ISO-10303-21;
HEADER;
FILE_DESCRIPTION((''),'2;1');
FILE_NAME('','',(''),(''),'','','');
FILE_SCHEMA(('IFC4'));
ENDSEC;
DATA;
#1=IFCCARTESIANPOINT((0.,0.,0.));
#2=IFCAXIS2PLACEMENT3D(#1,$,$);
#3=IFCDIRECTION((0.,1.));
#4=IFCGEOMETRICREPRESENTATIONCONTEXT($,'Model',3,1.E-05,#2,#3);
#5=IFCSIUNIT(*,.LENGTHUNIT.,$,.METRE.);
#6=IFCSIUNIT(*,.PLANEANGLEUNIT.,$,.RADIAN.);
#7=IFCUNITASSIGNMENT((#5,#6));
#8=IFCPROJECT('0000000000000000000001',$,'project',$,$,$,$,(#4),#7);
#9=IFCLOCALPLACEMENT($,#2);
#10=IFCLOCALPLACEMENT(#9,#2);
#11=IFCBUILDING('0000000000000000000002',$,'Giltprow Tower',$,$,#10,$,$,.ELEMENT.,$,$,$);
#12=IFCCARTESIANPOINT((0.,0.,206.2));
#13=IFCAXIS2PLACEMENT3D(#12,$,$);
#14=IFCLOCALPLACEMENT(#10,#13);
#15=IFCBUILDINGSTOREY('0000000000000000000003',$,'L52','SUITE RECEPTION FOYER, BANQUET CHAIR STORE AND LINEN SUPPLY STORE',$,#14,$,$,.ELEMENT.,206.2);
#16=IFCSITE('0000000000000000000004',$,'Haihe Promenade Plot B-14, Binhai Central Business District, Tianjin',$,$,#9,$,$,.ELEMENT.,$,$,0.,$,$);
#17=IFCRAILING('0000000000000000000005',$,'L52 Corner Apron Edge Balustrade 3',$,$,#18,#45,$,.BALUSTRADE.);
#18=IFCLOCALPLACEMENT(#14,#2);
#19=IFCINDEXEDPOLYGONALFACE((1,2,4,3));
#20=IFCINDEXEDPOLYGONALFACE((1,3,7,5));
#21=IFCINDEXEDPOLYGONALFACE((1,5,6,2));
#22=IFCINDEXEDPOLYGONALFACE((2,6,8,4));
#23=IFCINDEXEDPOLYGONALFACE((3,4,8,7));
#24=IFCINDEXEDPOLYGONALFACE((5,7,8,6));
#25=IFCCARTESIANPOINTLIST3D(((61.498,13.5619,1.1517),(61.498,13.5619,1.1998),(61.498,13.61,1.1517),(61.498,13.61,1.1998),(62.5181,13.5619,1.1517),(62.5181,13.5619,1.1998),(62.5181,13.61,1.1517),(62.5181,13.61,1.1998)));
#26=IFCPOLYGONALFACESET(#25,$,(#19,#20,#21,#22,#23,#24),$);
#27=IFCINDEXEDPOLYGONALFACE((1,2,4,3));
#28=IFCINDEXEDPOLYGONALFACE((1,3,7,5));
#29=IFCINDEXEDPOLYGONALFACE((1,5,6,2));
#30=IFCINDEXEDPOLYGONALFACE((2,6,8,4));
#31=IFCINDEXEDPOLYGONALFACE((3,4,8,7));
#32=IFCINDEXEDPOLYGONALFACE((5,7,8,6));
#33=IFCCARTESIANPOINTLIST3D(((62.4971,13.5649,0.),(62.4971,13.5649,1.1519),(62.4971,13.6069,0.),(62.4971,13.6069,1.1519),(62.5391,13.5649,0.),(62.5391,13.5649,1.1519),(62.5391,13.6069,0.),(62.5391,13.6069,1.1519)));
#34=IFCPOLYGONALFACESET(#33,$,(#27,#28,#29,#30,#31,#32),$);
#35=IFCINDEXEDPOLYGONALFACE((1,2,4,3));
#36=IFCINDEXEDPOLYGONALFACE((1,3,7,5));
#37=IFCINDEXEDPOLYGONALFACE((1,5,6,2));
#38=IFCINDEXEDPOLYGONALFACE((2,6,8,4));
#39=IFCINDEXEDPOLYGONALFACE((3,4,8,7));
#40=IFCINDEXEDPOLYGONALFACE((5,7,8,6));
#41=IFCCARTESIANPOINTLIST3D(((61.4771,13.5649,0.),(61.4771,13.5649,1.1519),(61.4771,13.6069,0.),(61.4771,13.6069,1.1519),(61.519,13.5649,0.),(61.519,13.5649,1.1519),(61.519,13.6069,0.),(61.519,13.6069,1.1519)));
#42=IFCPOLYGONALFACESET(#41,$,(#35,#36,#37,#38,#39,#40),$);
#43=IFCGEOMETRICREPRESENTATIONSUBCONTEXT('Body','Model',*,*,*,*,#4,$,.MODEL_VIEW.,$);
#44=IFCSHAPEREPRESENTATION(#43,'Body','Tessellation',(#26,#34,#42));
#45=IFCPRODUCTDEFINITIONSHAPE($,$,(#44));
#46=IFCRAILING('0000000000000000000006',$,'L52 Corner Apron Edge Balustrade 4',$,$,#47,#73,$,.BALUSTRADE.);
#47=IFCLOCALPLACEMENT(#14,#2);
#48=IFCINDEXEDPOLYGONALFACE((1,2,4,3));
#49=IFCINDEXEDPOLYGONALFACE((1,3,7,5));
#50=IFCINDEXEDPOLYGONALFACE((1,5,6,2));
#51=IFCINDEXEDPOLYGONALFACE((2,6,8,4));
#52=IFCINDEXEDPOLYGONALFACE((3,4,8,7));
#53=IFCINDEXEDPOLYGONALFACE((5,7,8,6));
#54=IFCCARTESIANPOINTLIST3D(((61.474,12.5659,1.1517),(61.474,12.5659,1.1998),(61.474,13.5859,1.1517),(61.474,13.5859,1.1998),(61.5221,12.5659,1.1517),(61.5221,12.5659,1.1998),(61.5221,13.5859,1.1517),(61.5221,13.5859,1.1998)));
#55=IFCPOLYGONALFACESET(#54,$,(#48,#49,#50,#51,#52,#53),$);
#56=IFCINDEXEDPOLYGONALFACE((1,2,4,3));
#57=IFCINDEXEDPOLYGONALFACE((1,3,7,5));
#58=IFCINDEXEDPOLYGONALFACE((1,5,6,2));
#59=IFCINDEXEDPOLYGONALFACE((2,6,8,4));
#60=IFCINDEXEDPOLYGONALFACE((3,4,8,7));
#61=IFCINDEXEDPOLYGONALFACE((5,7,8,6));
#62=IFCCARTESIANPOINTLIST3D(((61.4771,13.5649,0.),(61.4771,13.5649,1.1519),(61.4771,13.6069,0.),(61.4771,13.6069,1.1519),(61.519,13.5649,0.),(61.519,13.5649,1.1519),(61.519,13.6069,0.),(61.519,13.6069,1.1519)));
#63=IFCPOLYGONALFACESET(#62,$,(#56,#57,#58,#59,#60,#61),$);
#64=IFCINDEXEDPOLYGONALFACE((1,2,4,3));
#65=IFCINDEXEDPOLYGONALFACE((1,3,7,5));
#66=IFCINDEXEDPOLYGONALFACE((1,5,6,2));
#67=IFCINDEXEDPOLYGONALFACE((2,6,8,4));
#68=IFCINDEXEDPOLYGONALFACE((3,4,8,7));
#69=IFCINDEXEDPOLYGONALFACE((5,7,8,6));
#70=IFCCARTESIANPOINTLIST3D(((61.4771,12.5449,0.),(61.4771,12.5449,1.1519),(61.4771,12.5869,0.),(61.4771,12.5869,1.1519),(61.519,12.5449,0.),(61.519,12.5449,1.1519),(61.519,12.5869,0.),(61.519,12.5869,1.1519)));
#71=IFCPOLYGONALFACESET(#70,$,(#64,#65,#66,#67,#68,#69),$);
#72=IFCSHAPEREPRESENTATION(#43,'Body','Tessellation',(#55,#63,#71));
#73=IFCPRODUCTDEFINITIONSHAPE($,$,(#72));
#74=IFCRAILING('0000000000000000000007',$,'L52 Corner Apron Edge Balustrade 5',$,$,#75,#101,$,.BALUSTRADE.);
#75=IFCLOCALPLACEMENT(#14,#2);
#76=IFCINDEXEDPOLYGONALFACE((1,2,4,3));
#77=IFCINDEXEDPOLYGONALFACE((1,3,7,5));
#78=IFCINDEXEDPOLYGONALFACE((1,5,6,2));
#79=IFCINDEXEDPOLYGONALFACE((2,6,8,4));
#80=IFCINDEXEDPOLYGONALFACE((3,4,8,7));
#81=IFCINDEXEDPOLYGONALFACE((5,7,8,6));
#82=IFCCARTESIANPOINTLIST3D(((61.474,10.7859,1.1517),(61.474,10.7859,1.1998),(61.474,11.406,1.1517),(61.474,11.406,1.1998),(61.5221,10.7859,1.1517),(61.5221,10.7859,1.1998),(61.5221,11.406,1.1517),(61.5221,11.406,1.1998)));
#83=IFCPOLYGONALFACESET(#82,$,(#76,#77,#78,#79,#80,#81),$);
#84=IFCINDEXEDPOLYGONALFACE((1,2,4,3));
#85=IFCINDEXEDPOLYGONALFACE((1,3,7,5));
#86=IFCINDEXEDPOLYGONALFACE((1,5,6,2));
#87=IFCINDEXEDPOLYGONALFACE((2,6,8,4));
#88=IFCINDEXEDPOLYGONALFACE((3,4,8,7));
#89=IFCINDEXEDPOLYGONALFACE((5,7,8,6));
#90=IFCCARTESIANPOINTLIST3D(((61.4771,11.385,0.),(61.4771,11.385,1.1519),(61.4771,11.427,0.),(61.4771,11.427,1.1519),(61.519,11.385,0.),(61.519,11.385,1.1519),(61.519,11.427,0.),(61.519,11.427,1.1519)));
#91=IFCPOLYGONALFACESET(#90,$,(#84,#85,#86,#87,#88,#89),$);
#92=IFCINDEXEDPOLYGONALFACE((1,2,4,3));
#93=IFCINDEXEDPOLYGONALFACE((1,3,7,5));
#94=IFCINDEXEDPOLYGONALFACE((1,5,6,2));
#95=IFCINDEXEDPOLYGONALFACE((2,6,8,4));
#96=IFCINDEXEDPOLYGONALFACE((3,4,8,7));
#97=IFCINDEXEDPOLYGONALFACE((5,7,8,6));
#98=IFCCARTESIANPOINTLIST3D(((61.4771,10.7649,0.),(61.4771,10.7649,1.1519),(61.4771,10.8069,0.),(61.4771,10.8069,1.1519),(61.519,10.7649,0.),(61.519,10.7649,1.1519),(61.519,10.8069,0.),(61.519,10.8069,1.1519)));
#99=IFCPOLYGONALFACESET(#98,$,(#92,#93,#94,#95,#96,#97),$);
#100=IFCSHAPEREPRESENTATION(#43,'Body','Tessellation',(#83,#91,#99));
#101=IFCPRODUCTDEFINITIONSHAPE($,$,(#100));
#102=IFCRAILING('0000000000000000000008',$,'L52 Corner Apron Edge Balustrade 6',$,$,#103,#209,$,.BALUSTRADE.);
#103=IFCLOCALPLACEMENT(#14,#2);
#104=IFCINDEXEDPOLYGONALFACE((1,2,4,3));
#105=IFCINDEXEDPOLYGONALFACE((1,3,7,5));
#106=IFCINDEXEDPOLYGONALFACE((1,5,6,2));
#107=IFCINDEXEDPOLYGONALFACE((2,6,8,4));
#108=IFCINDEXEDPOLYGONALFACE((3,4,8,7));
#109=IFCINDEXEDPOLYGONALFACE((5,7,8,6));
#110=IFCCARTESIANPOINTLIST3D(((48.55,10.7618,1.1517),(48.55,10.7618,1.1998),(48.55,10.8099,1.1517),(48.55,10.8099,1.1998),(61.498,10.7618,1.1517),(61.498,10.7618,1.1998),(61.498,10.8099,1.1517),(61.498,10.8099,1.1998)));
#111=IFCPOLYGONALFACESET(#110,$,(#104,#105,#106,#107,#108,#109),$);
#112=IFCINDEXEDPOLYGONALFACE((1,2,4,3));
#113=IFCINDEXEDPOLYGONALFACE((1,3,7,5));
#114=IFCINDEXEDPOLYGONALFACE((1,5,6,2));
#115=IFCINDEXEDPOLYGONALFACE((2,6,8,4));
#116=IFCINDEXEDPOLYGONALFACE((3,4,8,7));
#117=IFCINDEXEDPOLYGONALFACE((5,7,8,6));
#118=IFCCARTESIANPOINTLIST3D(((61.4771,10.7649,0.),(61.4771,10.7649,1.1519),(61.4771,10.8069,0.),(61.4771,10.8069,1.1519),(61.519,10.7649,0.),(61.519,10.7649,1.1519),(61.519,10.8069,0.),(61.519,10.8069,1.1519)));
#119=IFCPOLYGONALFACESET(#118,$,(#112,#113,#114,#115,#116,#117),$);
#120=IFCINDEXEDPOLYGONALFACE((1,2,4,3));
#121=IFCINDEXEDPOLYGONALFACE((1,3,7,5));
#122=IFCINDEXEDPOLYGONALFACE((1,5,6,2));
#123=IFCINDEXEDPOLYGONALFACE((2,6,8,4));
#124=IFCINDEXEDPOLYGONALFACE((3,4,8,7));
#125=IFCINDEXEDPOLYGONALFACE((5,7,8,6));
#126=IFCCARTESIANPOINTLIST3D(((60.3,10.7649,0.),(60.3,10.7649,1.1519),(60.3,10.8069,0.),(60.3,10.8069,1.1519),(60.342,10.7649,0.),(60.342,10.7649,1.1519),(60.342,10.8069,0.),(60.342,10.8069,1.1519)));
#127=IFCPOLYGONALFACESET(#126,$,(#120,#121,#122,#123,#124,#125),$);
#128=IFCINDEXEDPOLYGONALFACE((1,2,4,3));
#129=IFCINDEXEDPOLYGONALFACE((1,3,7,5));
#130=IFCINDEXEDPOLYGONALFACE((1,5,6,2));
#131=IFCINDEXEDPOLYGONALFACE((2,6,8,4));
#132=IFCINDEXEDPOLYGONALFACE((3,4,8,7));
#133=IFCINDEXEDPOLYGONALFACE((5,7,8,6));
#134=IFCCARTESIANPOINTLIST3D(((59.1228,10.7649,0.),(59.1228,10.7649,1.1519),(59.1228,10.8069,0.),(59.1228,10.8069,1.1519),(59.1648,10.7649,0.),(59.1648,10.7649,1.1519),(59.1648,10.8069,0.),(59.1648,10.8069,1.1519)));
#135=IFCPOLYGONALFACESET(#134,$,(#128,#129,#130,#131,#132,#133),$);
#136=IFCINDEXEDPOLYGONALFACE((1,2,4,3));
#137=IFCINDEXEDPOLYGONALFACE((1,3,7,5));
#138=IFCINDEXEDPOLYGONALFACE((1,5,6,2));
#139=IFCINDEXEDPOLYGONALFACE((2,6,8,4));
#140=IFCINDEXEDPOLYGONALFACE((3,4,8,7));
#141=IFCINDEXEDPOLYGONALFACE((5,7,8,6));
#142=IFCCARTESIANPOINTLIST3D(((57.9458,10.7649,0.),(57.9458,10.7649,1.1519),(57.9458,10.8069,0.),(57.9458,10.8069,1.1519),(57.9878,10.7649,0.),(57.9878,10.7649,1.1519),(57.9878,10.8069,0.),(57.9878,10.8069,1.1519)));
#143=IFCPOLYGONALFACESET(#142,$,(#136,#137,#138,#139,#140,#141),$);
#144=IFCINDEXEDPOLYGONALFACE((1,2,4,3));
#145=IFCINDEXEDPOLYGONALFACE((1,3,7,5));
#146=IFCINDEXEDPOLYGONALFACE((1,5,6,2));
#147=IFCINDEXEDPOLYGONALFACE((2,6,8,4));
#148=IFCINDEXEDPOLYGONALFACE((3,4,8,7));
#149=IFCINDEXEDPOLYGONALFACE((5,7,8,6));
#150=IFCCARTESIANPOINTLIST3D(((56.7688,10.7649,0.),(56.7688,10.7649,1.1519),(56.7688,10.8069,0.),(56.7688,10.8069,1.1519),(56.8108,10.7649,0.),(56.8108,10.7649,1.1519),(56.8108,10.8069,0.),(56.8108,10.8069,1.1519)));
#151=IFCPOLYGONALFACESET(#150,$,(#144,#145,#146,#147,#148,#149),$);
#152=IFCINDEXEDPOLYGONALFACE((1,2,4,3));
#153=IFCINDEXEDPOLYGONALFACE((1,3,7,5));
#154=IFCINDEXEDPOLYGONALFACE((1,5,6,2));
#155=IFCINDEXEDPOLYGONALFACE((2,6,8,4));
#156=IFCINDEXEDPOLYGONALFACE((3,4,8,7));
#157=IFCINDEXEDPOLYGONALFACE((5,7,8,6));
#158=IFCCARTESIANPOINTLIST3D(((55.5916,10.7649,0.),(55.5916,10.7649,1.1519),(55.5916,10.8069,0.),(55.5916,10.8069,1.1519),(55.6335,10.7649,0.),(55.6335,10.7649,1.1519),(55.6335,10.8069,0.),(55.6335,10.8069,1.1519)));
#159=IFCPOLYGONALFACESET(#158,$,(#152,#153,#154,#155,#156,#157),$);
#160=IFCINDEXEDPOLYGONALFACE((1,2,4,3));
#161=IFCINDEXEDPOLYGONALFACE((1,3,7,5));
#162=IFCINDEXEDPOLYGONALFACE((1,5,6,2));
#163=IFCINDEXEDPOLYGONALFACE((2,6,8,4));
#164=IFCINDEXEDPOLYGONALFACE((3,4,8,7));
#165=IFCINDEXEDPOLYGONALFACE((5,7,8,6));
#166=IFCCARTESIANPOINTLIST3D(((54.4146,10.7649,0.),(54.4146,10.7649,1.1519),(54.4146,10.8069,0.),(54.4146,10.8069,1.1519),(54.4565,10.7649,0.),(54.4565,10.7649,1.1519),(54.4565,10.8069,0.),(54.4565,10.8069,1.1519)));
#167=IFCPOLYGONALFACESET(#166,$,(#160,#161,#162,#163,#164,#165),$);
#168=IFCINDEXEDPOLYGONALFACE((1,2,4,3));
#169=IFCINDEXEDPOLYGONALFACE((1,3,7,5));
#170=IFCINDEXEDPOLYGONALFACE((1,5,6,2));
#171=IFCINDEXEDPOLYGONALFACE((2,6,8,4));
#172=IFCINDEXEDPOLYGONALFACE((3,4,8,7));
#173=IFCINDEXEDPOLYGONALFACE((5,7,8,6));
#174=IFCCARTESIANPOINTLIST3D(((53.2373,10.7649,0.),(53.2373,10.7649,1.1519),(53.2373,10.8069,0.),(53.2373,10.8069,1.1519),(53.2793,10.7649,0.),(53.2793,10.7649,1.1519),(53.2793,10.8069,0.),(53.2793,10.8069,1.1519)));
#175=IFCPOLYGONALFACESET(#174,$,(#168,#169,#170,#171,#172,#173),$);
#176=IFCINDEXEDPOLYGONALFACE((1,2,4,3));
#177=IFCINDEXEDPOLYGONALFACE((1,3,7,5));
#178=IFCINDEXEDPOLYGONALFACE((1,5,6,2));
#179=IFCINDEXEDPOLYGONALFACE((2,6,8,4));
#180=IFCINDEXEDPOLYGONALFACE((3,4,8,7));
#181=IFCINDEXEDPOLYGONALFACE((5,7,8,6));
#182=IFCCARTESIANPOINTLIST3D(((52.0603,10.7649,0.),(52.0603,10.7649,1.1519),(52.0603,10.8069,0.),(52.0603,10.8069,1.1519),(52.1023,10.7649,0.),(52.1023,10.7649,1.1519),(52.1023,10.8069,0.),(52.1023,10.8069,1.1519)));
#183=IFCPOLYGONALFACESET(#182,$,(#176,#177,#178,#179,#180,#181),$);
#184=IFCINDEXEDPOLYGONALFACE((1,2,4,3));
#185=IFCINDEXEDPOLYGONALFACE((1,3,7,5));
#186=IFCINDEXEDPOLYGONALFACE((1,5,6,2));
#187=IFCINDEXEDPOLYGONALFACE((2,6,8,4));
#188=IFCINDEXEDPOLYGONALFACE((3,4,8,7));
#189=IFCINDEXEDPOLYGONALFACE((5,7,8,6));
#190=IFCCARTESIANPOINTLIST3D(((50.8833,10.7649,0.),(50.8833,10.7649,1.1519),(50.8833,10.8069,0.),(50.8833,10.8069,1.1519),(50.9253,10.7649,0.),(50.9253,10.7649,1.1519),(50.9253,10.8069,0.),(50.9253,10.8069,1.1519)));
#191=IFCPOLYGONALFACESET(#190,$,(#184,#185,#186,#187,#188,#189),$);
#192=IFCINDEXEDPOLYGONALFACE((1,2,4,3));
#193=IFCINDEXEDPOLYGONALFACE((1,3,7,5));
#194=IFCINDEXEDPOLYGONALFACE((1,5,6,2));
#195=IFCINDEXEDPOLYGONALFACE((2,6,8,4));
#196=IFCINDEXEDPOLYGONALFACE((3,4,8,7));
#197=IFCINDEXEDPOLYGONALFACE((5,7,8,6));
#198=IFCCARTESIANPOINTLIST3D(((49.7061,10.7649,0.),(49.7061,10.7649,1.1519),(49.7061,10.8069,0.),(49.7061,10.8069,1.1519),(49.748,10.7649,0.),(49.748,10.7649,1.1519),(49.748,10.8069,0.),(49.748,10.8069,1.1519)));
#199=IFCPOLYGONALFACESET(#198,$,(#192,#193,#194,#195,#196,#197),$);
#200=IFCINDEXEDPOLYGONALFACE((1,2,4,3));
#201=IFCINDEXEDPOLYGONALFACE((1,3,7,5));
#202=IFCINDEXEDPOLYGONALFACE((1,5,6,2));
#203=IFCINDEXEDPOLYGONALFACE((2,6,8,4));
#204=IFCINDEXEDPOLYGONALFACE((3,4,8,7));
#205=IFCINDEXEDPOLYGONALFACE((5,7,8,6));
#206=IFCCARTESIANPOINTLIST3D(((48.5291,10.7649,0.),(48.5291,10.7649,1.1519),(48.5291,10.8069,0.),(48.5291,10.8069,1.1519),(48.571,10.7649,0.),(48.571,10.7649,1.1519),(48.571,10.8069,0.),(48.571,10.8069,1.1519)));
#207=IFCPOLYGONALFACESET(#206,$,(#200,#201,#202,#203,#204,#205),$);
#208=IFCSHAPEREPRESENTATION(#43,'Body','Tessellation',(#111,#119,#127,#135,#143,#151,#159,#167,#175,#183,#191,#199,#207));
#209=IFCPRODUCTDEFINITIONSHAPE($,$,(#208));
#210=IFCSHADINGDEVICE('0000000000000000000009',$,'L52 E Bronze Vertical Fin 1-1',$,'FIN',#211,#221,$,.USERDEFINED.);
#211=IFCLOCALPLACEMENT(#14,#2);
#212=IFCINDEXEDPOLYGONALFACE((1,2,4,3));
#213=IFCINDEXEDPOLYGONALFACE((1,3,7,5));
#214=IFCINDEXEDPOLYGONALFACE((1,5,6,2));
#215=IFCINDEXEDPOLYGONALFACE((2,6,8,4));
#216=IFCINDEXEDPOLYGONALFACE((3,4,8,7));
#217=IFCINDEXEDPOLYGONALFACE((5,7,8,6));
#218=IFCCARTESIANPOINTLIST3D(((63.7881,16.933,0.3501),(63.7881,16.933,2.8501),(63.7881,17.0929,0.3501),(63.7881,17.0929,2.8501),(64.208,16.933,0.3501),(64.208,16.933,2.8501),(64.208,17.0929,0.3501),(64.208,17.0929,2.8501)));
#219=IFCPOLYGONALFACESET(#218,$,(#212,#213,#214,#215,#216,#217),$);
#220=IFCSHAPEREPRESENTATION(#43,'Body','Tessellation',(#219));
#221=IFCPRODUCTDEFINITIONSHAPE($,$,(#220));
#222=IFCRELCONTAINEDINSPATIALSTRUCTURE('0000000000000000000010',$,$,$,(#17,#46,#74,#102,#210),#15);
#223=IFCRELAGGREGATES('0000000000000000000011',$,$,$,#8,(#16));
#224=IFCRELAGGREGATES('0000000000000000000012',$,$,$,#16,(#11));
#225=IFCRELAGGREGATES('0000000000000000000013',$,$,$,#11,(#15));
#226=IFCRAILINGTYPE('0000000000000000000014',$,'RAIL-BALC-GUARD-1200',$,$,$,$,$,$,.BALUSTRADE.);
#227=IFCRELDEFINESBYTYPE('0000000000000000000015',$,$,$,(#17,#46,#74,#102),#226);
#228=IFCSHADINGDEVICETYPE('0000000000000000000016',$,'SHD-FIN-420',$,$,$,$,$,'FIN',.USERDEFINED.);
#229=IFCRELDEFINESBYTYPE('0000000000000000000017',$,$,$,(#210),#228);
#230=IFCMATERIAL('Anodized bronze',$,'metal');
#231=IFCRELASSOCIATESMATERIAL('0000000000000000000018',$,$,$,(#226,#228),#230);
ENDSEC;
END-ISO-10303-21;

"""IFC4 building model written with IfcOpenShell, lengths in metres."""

from ifc_helpers import new_model, si_unit, direction, frame, origin, origin_2d, place, context, subcontext, project, spatial, rectangle, extrude, source, transform, mapped, material, type_object, element, save


model = new_model("IFC4")

# Units and contexts
model_context = context("Model", 3, precision=1e-05, world=origin(), true_north=direction((0.0, 1.0)))
body_context = subcontext(model_context, "Body", "Model", "MODEL_VIEW")
ifc_project = project(units=[si_unit("LENGTHUNIT", "METRE"), si_unit("PLANEANGLEUNIT", "RADIAN")], contexts=[model_context])

# Site, building, storey
site_placement = place(None, origin())
site = spatial("IfcSite", under=ifc_project, at=site_placement, Name="Haihe Promenade Plot B-14, Binhai Central Business District, Tianjin", CompositionType="ELEMENT", RefElevation=0.0)
building_placement = place(site_placement, origin())
building = spatial("IfcBuilding", under=site, at=building_placement, Name="Giltprow Tower", CompositionType="ELEMENT")
storey_placement = place(building_placement, frame((0.0, 0.0, 206.2)))
storey = spatial("IfcBuildingStorey", under=building, at=storey_placement, Name="L52", Description="SUITE RECEPTION FOYER, BANQUET CHAIR STORE AND LINEN SUPPLY STORE", CompositionType="ELEMENT", Elevation=206.2)

# Shared definitions
ifc_material_1 = material(Name="Anodized bronze", Category="metal")

# Railings
railing_type = type_object("IfcRailingType", Name="RAIL-BALC-GUARD-1200", PredefinedType="BALUSTRADE", material=ifc_material_1)
railing_1_placement = place(storey_placement, frame((62.5181, 13.5859, 0.0)))
element("IfcRailing", 1, at=railing_1_placement, inside=storey, type_object=railing_type, Name="L52 Corner Apron Edge Balustrade 3", PredefinedType="BALUSTRADE", context=body_context, shape_type="SweptSolid", body=[
    extrude(rectangle(XDim=0.0481, YDim=0.0481, at=origin_2d()), frame((0.0, 0.0, 1.1758), z_axis=(-1.0, 0.0, 0.0), x_axis=(0.0, -1.0, 0.0)), (0.0, 0.0, 1.0), 1.02),
    extrude(rectangle(XDim=0.042, YDim=0.042, at=origin_2d()), origin(), (0.0, 0.0, 1.0), 1.1519),
    extrude(rectangle(XDim=0.042, YDim=0.042, at=origin_2d()), frame((-1.02, 0.0, 0.0)), (0.0, 0.0, 1.0), 1.1519),
])
railing_2_placement = place(storey_placement, frame((61.498, 13.5859, 0.0)))
element("IfcRailing", 2, at=railing_2_placement, inside=storey, type_object=railing_type, Name="L52 Corner Apron Edge Balustrade 4", PredefinedType="BALUSTRADE", context=body_context, shape_type="SweptSolid", body=[
    extrude(rectangle(XDim=0.0481, YDim=0.0481, at=origin_2d()), frame((0.0, 0.0, 1.1758), z_axis=(0.0, -1.0, 0.0), x_axis=(1.0, 0.0, 0.0)), (0.0, 0.0, 1.0), 1.02),
    extrude(rectangle(XDim=0.042, YDim=0.042, at=origin_2d()), origin(), (0.0, 0.0, 1.0), 1.1519),
    extrude(rectangle(XDim=0.042, YDim=0.042, at=origin_2d()), frame((0.0, -1.02, 0.0)), (0.0, 0.0, 1.0), 1.1519),
])
railing_3_placement = place(storey_placement, frame((61.498, 11.406, 0.0)))
element("IfcRailing", 3, at=railing_3_placement, inside=storey, type_object=railing_type, Name="L52 Corner Apron Edge Balustrade 5", PredefinedType="BALUSTRADE", context=body_context, shape_type="SweptSolid", body=[
    extrude(rectangle(XDim=0.0481, YDim=0.0481, at=origin_2d()), frame((0.0, 0.0, 1.1758), z_axis=(0.0, -1.0, 0.0), x_axis=(1.0, 0.0, 0.0)), (0.0, 0.0, 1.0), 0.6201),
    extrude(rectangle(XDim=0.042, YDim=0.042, at=origin_2d()), origin(), (0.0, 0.0, 1.0), 1.1519),
    extrude(rectangle(XDim=0.042, YDim=0.042, at=origin_2d()), frame((0.0, -0.6201, 0.0)), (0.0, 0.0, 1.0), 1.1519),
])
railing_4_placement = place(storey_placement, frame((61.498, 10.7859, 0.0)))
element("IfcRailing", 4, at=railing_4_placement, inside=storey, type_object=railing_type, Name="L52 Corner Apron Edge Balustrade 6", PredefinedType="BALUSTRADE", context=body_context, shape_type="SweptSolid", body=[
    extrude(rectangle(XDim=0.0481, YDim=0.0481, at=origin_2d()), frame((0.0, 0.0, 1.1758), z_axis=(-1.0, 0.0, 0.0), x_axis=(0.0, -1.0, 0.0)), (0.0, 0.0, 1.0), 12.948),
    extrude(rectangle(XDim=0.042, YDim=0.042, at=origin_2d()), origin(), (0.0, 0.0, 1.0), 1.1519),
    extrude(rectangle(XDim=0.042, YDim=0.042, at=origin_2d()), frame((-1.177, 0.0, 0.0)), (0.0, 0.0, 1.0), 1.1519),
    extrude(rectangle(XDim=0.042, YDim=0.042, at=origin_2d()), frame((-2.3542, 0.0, 0.0)), (0.0, 0.0, 1.0), 1.1519),
    extrude(rectangle(XDim=0.042, YDim=0.042, at=origin_2d()), frame((-3.5312, 0.0, 0.0)), (0.0, 0.0, 1.0), 1.1519),
    extrude(rectangle(XDim=0.042, YDim=0.042, at=origin_2d()), frame((-4.7083, 0.0, 0.0)), (0.0, 0.0, 1.0), 1.1519),
    extrude(rectangle(XDim=0.042, YDim=0.042, at=origin_2d()), frame((-5.8855, 0.0, 0.0)), (0.0, 0.0, 1.0), 1.1519),
    extrude(rectangle(XDim=0.042, YDim=0.042, at=origin_2d()), frame((-7.0625, 0.0, 0.0)), (0.0, 0.0, 1.0), 1.1519),
    extrude(rectangle(XDim=0.042, YDim=0.042, at=origin_2d()), frame((-8.2397, 0.0, 0.0)), (0.0, 0.0, 1.0), 1.1519),
    extrude(rectangle(XDim=0.042, YDim=0.042, at=origin_2d()), frame((-9.4167, 0.0, 0.0)), (0.0, 0.0, 1.0), 1.1519),
    extrude(rectangle(XDim=0.042, YDim=0.042, at=origin_2d()), frame((-10.5938, 0.0, 0.0)), (0.0, 0.0, 1.0), 1.1519),
    extrude(rectangle(XDim=0.042, YDim=0.042, at=origin_2d()), frame((-11.771, 0.0, 0.0)), (0.0, 0.0, 1.0), 1.1519),
    extrude(rectangle(XDim=0.042, YDim=0.042, at=origin_2d()), frame((-12.948, 0.0, 0.0)), (0.0, 0.0, 1.0), 1.1519),
])

# Shading device
shading_device_type = type_object("IfcShadingDeviceType", Name="SHD-FIN-420", ElementType="FIN", PredefinedType="USERDEFINED", material=ifc_material_1)
shared_shape_1 = source(origin(), body_context, "Body", "SweptSolid", [
    extrude(rectangle(XDim=0.4199, YDim=0.1599, at=origin_2d()), origin(), (0.0, 0.0, 1.0), 2.5),
])
shading_device_placement = place(storey_placement, frame((63.998, 17.0129, 0.3501), z_axis=(0.0, 0.0, 1.0), x_axis=(1.0, 0.0, 0.0)))
element("IfcShadingDevice", 5, at=shading_device_placement, inside=storey, type_object=shading_device_type, Name="L52 E Bronze Vertical Fin 1-1", ObjectType="FIN", PredefinedType="USERDEFINED", context=body_context, shape_type="MappedRepresentation", body=[
    mapped(shared_shape_1, transform((0.0, 0.0, 0.0), x_axis=(1.0, 0.0, 0.0), y_axis=(0.0, 1.0, 0.0), z_axis=(0.0, 0.0, 1.0), scale=1.0)),
])

save(model, "model.ifc")
